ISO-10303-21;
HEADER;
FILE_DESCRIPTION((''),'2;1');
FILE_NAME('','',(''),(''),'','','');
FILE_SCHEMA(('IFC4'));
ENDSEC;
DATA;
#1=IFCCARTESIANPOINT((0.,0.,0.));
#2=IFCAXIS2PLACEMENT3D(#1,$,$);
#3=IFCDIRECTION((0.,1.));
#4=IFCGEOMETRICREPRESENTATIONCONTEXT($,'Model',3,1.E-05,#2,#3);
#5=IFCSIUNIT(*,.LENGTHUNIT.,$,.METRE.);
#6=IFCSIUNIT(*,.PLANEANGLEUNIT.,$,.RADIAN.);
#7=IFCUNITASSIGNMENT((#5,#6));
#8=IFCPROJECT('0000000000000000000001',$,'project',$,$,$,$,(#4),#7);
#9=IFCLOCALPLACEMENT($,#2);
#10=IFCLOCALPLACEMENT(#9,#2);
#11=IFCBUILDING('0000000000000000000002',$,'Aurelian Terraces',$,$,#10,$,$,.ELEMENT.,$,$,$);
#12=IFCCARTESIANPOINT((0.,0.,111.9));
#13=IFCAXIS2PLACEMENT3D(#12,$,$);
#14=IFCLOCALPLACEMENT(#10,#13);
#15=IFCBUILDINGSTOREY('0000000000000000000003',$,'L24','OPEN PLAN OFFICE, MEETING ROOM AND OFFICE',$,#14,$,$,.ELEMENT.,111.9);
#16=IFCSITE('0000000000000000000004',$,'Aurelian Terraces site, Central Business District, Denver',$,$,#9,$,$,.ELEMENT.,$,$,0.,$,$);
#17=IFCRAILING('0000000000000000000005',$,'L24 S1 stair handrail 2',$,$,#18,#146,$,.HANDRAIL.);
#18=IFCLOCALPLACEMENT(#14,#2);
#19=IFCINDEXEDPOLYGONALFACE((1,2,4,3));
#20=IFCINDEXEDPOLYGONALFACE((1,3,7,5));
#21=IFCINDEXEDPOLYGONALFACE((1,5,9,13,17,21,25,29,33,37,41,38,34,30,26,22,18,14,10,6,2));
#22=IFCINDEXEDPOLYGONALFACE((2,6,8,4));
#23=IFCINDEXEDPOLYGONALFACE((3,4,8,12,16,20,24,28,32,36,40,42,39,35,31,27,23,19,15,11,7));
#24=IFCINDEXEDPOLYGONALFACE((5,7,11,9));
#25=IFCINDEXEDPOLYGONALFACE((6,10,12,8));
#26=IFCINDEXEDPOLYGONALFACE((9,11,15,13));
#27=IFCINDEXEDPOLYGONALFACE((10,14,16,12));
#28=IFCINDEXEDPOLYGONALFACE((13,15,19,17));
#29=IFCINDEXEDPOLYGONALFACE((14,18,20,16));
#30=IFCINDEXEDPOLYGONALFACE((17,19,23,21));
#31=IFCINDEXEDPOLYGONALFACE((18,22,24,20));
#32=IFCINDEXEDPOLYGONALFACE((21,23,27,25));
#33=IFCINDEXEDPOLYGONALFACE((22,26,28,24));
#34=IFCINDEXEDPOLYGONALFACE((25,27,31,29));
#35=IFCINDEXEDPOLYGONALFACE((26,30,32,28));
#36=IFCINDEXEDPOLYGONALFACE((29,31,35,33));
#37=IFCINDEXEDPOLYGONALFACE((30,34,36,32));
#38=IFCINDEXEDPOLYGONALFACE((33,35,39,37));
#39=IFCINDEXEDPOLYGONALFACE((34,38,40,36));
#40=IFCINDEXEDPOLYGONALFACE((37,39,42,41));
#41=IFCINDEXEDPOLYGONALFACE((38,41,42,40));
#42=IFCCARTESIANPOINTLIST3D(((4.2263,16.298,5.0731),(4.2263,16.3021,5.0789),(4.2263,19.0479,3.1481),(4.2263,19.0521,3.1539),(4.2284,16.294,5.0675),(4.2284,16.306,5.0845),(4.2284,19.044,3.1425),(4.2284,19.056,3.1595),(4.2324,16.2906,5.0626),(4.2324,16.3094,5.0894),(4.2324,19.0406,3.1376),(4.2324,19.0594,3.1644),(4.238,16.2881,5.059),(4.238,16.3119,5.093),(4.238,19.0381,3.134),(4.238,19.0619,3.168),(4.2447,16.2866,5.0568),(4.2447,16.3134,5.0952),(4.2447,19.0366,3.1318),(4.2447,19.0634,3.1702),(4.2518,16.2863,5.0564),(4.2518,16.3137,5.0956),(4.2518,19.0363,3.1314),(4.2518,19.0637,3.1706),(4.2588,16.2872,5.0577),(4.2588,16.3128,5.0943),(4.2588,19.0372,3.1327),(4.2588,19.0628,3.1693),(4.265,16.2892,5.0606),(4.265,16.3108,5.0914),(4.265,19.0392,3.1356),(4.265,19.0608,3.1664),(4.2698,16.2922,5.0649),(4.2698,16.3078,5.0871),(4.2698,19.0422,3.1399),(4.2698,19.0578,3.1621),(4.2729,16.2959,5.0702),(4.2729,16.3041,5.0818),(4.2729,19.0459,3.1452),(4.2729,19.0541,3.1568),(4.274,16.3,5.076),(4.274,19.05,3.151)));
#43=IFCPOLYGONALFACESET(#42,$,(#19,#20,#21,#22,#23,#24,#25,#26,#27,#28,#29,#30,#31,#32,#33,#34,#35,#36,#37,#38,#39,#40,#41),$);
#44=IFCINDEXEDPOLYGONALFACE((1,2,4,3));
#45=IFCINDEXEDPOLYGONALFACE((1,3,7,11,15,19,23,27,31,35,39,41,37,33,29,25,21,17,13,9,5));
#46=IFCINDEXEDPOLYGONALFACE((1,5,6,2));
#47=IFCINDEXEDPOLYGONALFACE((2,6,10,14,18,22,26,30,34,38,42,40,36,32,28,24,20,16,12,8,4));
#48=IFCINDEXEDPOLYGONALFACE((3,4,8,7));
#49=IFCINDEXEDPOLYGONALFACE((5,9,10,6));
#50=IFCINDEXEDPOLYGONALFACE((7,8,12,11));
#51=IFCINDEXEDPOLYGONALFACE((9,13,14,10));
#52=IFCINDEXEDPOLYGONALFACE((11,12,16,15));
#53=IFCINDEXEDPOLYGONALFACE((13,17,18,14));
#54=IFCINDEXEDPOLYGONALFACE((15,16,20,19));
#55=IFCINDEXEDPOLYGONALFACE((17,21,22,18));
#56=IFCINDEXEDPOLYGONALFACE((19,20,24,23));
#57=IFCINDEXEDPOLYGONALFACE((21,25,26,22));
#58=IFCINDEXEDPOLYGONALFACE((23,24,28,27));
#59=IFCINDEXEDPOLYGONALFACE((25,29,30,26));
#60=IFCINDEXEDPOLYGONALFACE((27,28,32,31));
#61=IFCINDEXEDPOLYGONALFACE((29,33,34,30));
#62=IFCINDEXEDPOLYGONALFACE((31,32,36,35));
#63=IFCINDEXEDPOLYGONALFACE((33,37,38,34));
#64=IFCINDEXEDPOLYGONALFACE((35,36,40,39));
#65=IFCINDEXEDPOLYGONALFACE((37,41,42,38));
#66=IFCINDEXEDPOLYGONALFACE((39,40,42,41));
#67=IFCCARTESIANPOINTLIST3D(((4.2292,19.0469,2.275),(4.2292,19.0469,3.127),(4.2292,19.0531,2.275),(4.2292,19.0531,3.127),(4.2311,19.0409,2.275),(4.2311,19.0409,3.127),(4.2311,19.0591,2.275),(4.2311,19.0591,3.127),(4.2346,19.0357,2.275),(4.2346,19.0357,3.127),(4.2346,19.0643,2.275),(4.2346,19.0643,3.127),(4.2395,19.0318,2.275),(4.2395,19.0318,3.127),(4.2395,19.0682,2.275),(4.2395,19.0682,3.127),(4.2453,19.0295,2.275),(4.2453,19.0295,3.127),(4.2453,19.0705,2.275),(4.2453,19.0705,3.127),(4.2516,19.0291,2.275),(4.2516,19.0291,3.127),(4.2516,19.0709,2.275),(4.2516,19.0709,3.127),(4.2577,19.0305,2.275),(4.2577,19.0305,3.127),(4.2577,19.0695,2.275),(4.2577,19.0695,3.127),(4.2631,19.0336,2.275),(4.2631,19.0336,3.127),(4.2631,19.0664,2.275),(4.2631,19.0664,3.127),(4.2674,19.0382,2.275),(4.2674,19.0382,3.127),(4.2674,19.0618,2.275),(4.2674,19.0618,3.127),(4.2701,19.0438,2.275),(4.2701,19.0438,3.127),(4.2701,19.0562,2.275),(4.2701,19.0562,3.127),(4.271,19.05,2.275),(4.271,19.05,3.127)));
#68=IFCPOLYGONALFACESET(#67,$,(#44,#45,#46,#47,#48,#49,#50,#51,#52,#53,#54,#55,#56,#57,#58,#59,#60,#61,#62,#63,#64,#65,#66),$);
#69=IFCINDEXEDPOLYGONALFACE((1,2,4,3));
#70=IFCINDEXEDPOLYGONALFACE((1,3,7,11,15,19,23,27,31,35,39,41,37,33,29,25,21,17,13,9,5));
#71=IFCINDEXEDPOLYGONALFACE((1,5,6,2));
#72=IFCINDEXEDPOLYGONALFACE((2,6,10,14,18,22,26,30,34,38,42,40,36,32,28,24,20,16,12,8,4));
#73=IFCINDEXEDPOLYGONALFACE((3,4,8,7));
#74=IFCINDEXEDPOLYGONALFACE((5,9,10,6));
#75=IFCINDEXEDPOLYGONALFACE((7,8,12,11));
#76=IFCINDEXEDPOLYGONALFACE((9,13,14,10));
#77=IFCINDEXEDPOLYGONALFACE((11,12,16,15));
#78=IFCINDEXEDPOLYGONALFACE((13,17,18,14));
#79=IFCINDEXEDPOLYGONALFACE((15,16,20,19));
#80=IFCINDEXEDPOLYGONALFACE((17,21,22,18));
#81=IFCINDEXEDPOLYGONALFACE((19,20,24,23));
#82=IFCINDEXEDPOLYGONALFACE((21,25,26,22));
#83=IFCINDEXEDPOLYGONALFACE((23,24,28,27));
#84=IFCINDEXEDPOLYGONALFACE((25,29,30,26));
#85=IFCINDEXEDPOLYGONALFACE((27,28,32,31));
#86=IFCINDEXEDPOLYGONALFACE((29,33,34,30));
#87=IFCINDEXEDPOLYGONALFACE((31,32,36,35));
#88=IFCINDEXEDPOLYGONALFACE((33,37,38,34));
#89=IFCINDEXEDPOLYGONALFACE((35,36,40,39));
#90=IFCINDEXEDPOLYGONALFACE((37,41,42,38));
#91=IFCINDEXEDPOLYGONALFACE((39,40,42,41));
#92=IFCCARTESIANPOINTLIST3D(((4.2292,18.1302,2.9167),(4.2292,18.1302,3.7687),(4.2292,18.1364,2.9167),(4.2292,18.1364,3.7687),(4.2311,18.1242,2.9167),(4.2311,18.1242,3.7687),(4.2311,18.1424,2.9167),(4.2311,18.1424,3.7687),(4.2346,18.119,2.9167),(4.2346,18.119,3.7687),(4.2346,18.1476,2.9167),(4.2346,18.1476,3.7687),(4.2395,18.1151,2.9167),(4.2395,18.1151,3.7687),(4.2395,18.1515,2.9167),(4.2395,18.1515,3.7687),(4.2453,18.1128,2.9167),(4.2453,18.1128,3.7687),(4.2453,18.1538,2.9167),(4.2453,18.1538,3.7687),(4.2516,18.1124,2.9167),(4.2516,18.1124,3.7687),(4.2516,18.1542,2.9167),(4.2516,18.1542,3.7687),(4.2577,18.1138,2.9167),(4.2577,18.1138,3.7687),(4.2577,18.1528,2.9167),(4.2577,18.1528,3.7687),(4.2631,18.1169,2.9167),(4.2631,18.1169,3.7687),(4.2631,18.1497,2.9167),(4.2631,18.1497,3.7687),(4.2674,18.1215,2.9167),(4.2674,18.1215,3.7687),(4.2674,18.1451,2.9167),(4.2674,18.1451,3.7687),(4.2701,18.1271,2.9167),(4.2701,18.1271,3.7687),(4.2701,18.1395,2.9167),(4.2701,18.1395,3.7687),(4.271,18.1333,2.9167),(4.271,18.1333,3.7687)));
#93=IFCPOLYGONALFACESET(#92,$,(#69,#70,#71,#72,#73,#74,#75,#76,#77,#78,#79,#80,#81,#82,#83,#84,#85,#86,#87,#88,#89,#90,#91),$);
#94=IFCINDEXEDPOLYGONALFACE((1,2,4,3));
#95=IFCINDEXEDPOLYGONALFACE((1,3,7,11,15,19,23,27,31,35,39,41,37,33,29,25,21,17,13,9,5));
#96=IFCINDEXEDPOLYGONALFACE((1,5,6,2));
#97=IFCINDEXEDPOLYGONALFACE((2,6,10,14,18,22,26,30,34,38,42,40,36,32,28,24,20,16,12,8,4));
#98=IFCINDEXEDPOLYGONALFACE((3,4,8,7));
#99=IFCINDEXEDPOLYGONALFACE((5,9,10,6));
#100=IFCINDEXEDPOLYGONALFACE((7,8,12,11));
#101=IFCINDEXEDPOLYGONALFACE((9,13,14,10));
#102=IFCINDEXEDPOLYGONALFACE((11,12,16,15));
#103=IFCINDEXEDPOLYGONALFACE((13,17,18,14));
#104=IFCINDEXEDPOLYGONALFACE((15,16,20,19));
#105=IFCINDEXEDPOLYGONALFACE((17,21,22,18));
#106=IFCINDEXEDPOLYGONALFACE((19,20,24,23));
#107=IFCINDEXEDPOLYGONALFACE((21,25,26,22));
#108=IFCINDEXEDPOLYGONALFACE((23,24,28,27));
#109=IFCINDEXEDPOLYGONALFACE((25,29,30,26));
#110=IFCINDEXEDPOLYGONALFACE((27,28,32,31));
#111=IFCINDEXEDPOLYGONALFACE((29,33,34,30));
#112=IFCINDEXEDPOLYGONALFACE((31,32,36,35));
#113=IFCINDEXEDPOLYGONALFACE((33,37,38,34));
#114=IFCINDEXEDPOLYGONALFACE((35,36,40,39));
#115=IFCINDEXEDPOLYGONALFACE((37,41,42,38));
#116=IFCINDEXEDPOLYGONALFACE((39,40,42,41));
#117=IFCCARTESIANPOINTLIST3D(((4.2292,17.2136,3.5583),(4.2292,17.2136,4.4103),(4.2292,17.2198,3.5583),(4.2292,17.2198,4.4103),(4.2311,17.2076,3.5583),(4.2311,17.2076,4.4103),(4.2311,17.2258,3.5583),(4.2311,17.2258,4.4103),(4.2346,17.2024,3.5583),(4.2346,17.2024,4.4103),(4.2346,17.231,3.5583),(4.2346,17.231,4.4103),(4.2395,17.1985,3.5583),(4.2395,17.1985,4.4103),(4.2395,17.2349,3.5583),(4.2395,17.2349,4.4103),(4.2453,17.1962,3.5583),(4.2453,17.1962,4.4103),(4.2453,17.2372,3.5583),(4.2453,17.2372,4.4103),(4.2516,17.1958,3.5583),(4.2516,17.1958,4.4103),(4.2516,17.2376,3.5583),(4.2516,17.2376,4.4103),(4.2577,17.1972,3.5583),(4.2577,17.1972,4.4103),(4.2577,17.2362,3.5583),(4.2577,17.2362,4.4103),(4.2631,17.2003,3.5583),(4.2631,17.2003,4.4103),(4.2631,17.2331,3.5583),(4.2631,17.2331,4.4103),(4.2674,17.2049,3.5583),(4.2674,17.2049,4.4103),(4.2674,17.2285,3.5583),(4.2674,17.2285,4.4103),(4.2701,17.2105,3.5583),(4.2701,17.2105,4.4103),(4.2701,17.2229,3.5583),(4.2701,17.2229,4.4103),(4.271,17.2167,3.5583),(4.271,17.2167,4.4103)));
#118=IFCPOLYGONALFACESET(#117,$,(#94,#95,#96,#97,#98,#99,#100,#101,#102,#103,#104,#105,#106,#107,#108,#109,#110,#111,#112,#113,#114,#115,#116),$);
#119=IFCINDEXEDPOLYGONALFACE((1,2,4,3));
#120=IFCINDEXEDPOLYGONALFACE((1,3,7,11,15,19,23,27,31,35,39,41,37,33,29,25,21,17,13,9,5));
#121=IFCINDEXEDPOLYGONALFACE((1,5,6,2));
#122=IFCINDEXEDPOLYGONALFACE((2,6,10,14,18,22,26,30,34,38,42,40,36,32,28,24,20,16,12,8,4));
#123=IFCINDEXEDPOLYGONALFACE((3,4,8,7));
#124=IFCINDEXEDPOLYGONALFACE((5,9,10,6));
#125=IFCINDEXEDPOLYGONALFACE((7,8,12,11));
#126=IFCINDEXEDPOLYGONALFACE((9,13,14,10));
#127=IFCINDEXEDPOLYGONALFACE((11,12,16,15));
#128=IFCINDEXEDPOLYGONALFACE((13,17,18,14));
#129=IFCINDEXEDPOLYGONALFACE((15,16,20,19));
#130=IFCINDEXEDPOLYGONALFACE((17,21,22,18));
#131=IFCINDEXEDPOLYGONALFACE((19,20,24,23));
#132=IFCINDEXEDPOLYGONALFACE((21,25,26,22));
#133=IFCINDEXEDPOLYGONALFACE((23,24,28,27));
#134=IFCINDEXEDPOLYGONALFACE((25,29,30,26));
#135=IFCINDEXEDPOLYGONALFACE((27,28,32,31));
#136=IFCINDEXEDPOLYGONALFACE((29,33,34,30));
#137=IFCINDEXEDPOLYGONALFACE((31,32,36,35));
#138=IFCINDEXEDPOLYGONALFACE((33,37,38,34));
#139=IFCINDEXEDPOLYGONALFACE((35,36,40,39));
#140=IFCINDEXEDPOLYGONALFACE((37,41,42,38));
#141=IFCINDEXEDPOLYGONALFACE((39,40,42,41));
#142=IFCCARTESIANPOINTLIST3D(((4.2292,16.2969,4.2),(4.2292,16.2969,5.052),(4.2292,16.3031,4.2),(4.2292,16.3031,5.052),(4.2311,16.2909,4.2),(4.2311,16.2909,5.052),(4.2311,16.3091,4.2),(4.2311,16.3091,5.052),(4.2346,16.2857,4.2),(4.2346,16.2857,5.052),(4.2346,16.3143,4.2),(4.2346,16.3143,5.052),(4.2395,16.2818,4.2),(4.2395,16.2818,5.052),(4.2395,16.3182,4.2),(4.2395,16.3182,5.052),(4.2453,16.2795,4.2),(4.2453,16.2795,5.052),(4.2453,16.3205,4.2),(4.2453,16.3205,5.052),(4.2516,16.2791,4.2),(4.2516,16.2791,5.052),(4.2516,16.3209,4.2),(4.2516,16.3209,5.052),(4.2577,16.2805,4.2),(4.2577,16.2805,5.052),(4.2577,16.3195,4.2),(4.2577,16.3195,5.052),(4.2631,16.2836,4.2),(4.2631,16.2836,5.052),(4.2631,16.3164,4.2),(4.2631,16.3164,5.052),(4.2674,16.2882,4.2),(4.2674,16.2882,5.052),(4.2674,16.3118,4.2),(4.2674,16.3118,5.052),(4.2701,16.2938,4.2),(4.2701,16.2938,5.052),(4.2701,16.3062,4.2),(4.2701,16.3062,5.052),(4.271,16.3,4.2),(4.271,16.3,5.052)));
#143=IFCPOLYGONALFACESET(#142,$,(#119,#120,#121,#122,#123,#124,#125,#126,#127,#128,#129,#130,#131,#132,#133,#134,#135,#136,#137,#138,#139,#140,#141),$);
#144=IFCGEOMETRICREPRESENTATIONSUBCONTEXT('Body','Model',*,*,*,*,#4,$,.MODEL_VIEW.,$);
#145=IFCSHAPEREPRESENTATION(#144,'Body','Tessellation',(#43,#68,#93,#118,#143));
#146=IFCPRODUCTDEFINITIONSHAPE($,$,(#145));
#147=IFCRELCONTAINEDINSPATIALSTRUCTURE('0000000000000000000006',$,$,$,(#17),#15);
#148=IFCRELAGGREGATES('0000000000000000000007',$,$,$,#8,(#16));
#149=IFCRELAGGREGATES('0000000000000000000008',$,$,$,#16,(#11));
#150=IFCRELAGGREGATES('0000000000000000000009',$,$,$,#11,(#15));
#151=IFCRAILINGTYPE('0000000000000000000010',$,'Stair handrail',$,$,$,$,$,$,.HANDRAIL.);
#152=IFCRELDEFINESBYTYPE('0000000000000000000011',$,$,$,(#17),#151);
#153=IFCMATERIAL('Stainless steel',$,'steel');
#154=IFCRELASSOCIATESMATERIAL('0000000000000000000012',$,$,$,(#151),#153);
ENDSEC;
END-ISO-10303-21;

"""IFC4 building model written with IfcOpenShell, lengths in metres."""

from ifc_helpers import new_model, si_unit, direction, frame, origin, origin_2d, place, context, subcontext, project, spatial, circle, extrude, source, transform, mapped, material, type_object, element, save


model = new_model("IFC4")

# Units and contexts
model_context = context("Model", 3, precision=1e-05, world=origin(), true_north=direction((0.0, 1.0)))
body_context = subcontext(model_context, "Body", "Model", "MODEL_VIEW")
ifc_project = project(units=[si_unit("LENGTHUNIT", "METRE"), si_unit("PLANEANGLEUNIT", "RADIAN")], contexts=[model_context])

# Site, building, storey
site_placement = place(None, origin())
site = spatial("IfcSite", under=ifc_project, at=site_placement, Name="Aurelian Terraces site, Central Business District, Denver", CompositionType="ELEMENT", RefElevation=0.0)
building_placement = place(site_placement, origin())
building = spatial("IfcBuilding", under=site, at=building_placement, Name="Aurelian Terraces", CompositionType="ELEMENT")
storey_placement = place(building_placement, frame((0.0, 0.0, 111.9)))
storey = spatial("IfcBuildingStorey", under=building, at=storey_placement, Name="L24", Description="OPEN PLAN OFFICE, MEETING ROOM AND OFFICE", CompositionType="ELEMENT", Elevation=111.9)

# Shared definitions
ifc_material_1 = material(Name="Stainless steel", Category="steel")

# Railing
railing_type_1 = type_object("IfcRailingType", Name="Stair handrail", PredefinedType="HANDRAIL", material=ifc_material_1)
shared_shape_1 = source(origin(), body_context, "Body", "SweptSolid", [
    extrude(circle(Radius=0.024, at=origin_2d()), frame((0.0, 0.0, 0.876), z_axis=(0.0, -0.819232, 0.573462), x_axis=(1.0, 0.0, 0.0)), (0.0, 0.0, 1.0), 3.3568),
    extrude(circle(Radius=0.021, at=origin_2d()), origin(), (0.0, 0.0, 1.0), 0.852),
    extrude(circle(Radius=0.021, at=origin_2d()), frame((0.0, -0.9167, 0.6417)), (0.0, 0.0, 1.0), 0.852),
    extrude(circle(Radius=0.021, at=origin_2d()), frame((0.0, -1.8333, 1.2833)), (0.0, 0.0, 1.0), 0.852),
    extrude(circle(Radius=0.021, at=origin_2d()), frame((0.0, -2.75, 1.925)), (0.0, 0.0, 1.0), 0.852),
])
railing_1_placement = place(storey_placement, frame((4.25, 19.05, 2.275)))
element("IfcRailing", 1, at=railing_1_placement, inside=storey, type_object=railing_type_1, Name="L24 S1 stair handrail 2", PredefinedType="HANDRAIL", context=body_context, shape_type="MappedRepresentation", body=[
    mapped(shared_shape_1, transform((0.0, 0.0, 0.0), scale=1.0)),
])

save(model, "model.ifc")
